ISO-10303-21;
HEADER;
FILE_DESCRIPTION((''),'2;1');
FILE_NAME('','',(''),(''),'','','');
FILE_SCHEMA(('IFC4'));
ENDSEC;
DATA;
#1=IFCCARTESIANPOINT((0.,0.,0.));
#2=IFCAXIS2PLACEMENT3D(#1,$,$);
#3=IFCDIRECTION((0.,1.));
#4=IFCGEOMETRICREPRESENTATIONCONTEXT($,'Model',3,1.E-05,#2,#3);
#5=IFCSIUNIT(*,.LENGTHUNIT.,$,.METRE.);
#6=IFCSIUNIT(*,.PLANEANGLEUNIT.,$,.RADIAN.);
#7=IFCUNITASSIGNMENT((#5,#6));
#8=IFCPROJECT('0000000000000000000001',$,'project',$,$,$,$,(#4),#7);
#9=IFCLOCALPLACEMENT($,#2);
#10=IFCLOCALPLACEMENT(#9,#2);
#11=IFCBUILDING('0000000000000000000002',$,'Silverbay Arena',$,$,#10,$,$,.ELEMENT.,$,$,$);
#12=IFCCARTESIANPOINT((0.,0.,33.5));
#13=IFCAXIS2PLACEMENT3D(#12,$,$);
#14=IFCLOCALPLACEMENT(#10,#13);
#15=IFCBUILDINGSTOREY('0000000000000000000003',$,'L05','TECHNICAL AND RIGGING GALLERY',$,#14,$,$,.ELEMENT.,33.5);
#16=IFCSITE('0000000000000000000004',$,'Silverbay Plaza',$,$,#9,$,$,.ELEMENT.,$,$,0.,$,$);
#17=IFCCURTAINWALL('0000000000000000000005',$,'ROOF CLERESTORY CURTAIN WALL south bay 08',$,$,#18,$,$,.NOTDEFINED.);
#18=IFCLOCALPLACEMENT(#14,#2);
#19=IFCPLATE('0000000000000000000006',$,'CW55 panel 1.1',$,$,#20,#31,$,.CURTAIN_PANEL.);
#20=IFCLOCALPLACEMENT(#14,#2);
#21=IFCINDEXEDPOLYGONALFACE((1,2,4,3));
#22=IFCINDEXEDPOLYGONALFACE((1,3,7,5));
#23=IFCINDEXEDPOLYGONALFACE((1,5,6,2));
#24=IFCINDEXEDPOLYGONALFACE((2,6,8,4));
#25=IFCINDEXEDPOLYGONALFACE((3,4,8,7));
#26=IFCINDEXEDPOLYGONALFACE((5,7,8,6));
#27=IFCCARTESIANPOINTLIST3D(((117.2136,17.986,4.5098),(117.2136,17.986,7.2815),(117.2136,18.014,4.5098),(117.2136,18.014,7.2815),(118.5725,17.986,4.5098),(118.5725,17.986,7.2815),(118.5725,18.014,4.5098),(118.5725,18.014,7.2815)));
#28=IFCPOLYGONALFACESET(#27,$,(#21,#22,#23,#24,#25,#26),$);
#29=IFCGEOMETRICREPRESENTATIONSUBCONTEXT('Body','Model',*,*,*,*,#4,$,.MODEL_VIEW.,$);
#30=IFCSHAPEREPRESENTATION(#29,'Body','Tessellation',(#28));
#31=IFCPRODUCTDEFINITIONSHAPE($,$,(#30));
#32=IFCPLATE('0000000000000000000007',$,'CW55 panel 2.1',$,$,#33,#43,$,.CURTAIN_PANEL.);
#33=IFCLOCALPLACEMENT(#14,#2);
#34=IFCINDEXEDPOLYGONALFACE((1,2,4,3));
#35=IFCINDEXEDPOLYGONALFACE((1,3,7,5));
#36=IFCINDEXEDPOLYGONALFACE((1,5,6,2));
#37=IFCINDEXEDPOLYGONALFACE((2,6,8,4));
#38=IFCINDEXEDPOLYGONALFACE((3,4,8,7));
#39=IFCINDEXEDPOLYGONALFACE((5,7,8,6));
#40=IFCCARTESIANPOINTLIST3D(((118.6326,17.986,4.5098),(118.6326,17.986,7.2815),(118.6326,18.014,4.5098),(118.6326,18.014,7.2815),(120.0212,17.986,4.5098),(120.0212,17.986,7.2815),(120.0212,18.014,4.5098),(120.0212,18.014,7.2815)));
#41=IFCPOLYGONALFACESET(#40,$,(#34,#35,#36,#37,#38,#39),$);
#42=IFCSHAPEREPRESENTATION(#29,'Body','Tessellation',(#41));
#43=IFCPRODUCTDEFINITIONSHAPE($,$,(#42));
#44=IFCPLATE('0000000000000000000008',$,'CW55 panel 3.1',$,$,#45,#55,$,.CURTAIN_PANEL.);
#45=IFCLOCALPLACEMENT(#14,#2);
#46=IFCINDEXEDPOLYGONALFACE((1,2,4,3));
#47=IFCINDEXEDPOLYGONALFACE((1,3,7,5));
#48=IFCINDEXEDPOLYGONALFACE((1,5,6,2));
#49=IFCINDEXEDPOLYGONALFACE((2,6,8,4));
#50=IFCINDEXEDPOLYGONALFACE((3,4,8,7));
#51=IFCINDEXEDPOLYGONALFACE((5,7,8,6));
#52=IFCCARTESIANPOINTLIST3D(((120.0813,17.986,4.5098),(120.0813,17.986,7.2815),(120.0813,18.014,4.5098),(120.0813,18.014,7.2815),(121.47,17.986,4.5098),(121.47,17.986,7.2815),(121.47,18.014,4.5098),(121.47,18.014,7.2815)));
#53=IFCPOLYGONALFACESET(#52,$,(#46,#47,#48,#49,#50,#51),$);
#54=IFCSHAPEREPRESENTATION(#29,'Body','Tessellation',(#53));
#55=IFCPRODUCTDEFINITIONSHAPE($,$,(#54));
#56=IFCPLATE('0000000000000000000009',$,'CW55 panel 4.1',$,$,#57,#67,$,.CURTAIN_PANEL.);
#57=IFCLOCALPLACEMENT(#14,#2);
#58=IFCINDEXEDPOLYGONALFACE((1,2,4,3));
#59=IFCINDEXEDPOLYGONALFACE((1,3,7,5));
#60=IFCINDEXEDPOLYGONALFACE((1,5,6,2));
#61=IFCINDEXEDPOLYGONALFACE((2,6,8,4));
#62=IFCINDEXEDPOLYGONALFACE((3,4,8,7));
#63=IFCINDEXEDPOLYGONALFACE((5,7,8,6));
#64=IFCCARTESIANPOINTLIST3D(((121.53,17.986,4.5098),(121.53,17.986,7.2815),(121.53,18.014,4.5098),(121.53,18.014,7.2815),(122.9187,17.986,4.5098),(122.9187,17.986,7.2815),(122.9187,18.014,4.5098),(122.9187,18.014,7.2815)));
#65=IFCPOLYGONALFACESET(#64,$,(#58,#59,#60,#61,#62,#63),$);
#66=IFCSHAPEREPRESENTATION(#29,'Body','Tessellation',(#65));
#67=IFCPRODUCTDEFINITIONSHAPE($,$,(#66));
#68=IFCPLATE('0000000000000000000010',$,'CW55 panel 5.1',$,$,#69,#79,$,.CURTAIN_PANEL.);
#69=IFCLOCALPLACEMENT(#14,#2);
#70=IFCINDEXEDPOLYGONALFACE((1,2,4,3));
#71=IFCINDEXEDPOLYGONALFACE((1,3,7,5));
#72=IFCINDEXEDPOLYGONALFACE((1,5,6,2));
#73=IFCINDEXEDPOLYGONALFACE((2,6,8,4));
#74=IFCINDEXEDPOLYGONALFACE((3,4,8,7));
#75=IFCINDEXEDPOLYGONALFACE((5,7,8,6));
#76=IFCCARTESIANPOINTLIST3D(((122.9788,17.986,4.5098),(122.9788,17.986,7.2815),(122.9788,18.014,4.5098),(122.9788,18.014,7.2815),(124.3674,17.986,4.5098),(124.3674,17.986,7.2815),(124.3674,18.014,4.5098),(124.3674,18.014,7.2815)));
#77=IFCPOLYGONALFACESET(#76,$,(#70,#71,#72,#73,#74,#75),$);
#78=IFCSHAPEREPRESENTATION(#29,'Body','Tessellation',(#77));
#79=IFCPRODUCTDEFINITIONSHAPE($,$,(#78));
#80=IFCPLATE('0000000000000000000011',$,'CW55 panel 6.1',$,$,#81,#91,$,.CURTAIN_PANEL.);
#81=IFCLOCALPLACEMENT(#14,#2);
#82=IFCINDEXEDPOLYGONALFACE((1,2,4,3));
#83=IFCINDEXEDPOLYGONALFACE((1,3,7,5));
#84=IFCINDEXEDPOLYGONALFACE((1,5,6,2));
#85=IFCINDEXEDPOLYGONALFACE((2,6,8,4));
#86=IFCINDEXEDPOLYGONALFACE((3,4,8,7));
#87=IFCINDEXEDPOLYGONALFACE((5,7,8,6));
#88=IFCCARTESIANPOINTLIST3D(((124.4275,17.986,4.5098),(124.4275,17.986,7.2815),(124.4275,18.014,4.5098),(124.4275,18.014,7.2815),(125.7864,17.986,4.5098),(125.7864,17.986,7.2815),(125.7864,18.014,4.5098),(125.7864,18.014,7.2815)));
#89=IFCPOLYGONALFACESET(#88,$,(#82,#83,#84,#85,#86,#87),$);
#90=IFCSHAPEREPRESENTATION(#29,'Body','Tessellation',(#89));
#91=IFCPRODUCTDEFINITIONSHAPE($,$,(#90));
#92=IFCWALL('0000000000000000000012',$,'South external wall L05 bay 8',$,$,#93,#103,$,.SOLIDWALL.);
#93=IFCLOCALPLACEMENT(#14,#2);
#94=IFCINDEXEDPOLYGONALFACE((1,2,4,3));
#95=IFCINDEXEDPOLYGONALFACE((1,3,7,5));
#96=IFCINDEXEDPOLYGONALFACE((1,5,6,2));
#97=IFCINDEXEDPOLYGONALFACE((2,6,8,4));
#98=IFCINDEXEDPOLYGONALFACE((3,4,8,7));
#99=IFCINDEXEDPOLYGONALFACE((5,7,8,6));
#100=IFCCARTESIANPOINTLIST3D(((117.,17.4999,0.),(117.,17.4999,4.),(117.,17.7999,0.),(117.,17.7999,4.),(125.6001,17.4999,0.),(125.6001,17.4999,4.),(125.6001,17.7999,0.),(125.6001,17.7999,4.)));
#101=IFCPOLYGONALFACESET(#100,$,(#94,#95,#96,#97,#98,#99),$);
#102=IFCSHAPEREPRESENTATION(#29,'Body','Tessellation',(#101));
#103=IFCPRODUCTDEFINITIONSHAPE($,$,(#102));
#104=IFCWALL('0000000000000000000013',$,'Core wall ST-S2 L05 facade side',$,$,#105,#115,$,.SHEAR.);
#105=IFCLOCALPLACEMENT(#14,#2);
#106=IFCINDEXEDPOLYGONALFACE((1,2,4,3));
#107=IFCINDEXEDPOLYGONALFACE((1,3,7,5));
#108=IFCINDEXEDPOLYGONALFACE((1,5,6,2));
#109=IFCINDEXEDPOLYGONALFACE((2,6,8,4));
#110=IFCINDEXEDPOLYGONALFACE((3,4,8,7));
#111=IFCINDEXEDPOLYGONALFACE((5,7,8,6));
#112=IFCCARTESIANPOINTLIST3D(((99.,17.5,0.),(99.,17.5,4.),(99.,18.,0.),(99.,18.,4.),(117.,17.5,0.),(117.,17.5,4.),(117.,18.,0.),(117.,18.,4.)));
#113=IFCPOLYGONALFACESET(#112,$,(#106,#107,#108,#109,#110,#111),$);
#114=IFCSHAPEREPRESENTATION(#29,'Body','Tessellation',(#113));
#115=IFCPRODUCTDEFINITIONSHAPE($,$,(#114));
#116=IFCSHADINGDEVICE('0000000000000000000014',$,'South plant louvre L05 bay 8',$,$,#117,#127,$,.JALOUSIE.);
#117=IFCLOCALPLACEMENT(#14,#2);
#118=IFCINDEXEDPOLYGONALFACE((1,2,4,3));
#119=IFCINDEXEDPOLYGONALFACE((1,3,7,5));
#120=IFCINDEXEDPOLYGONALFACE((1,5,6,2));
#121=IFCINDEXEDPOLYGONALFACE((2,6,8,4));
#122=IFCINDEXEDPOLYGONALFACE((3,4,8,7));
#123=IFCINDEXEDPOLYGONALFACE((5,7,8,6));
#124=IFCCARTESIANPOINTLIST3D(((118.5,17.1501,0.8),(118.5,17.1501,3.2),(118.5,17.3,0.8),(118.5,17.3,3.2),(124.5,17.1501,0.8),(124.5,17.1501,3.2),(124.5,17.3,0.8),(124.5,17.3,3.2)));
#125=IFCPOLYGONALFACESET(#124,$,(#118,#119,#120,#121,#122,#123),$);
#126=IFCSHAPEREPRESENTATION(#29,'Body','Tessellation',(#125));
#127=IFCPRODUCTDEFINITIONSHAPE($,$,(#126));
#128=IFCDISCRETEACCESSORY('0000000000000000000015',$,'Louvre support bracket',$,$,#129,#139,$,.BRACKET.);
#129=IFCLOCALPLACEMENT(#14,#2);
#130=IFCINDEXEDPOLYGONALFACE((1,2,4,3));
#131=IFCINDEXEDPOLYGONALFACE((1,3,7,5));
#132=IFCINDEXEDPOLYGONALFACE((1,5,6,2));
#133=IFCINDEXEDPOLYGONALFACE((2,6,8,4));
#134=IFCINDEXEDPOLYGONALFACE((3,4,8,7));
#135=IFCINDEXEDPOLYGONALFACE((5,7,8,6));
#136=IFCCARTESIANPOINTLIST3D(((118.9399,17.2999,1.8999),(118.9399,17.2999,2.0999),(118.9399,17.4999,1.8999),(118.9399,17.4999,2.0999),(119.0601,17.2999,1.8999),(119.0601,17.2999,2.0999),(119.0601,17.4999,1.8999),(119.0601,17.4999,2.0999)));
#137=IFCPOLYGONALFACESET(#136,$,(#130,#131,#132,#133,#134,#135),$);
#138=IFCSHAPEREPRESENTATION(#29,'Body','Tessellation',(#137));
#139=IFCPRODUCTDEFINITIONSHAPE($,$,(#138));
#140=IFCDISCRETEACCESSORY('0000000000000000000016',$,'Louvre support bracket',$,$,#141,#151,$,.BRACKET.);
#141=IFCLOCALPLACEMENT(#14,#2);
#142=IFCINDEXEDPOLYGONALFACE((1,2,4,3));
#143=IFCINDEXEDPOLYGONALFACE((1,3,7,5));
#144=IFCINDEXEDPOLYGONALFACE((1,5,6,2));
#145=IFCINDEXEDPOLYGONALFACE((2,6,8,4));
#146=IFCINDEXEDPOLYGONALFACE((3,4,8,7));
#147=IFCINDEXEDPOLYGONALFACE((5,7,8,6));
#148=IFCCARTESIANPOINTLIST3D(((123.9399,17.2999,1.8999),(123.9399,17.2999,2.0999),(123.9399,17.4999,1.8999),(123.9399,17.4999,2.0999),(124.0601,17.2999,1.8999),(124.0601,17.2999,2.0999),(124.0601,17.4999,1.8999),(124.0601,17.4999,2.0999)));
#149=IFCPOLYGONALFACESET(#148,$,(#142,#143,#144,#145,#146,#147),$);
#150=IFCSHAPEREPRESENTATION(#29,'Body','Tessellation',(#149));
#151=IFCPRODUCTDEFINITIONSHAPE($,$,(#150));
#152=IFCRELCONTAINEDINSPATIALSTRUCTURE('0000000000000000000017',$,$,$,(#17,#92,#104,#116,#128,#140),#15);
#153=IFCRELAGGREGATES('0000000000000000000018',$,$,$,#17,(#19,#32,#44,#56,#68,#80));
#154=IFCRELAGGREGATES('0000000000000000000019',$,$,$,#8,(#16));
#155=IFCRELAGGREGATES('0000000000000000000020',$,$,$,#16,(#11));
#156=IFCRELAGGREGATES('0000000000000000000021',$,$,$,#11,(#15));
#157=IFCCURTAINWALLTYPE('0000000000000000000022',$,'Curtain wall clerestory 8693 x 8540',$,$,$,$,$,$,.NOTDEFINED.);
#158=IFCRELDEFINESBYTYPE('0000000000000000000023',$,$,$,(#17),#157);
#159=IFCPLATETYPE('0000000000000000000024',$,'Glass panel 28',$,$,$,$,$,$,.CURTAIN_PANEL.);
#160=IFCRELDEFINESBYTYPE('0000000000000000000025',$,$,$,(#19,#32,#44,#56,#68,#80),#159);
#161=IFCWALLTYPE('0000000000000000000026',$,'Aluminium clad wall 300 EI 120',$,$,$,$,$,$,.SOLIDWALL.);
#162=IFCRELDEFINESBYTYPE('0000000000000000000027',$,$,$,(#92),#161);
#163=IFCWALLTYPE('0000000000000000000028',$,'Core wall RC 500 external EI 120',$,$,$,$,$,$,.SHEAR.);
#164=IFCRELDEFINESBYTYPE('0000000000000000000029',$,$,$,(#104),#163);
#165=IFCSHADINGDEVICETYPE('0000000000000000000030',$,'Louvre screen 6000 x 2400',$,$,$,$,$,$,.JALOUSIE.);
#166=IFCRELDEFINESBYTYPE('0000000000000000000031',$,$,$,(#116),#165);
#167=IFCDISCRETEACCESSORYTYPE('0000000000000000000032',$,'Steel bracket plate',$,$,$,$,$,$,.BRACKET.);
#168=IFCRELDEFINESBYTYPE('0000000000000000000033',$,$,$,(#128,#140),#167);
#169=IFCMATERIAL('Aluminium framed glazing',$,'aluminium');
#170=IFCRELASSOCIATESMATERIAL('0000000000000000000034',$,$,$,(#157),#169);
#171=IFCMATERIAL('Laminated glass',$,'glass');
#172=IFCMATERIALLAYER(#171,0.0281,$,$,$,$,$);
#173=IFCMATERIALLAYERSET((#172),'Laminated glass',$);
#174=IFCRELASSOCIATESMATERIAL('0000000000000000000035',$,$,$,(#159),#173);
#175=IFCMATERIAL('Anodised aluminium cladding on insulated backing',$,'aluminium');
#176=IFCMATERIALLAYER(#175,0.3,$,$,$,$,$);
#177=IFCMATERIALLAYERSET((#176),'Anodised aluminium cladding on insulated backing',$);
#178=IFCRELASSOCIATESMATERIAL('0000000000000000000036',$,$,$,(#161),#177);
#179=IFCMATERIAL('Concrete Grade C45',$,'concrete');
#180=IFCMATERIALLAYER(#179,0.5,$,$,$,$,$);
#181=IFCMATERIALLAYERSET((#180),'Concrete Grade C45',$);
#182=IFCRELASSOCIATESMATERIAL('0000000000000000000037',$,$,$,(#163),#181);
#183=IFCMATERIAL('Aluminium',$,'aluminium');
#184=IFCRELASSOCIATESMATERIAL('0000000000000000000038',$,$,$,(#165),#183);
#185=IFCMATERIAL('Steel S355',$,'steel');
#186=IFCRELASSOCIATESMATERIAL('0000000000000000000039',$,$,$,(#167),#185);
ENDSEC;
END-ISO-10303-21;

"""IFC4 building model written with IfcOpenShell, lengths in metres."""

from ifc_helpers import new_model, si_unit, direction, frame, frame_2d, origin, origin_2d, place, context, subcontext, project, spatial, rectangle, extrude, material, layer, layer_set, type_object, element, aggregate, save


model = new_model("IFC4")

# Units and contexts
model_context = context("Model", 3, precision=1e-05, world=origin(), true_north=direction((0.0, 1.0)))
body_context = subcontext(model_context, "Body", "Model", "MODEL_VIEW")
ifc_project = project(units=[si_unit("LENGTHUNIT", "METRE"), si_unit("PLANEANGLEUNIT", "RADIAN")], contexts=[model_context])

# Site, building, storey
site_placement = place(None, origin())
site = spatial("IfcSite", under=ifc_project, at=site_placement, Name="Silverbay Plaza", CompositionType="ELEMENT", RefElevation=0.0)
building_placement = place(site_placement, origin())
building = spatial("IfcBuilding", under=site, at=building_placement, Name="Silverbay Arena", CompositionType="ELEMENT")
storey_placement = place(building_placement, frame((0.0, 0.0, 33.5)))
storey = spatial("IfcBuildingStorey", under=building, at=storey_placement, Name="L05", Description="TECHNICAL AND RIGGING GALLERY", CompositionType="ELEMENT", Elevation=33.5)

# Curtain wall
ifc_material_1 = material(Name="Aluminium framed glazing", Category="aluminium")
curtain_wall_type = type_object("IfcCurtainWallType", Name="Curtain wall clerestory 8693 x 8540", PredefinedType="NOTDEFINED", material=ifc_material_1)
curtain_wall_placement = place(storey_placement, origin())
curtain_wall = element("IfcCurtainWall", 1, at=curtain_wall_placement, inside=storey, type_object=curtain_wall_type, Name="ROOF CLERESTORY CURTAIN WALL south bay 08", PredefinedType="NOTDEFINED")

# Plates
ifc_material_2 = material(Name="Laminated glass", Category="glass")
ifc_layer_1 = layer(ifc_material_2, 0.0281)
ifc_layer_set_1 = layer_set([ifc_layer_1], Name="Laminated glass")
plate_type = type_object("IfcPlateType", Name="Glass panel 28", PredefinedType="CURTAIN_PANEL", material=ifc_layer_set_1)
plate_1_placement = place(storey_placement, frame((117.8931, 18.0, 4.5098), z_axis=(0.0, 0.0, 1.0), x_axis=(1.0, 0.0, 0.0)))
plate_1 = element("IfcPlate", 2, at=plate_1_placement, type_object=plate_type, Name="CW55 panel 1.1", PredefinedType="CURTAIN_PANEL", context=body_context, shape_type="SweptSolid", body=[
    extrude(rectangle(XDim=1.3589, YDim=0.0281, at=origin_2d()), origin(), (0.0, 0.0, 1.0), 2.7717),
])
plate_2_placement = place(storey_placement, frame((119.3269, 18.0, 4.5098), z_axis=(0.0, 0.0, 1.0), x_axis=(1.0, 0.0, 0.0)))
plate_2 = element("IfcPlate", 3, at=plate_2_placement, type_object=plate_type, Name="CW55 panel 2.1", PredefinedType="CURTAIN_PANEL", context=body_context, shape_type="SweptSolid", body=[
    extrude(rectangle(XDim=1.3887, YDim=0.0281, at=origin_2d()), origin(), (0.0, 0.0, 1.0), 2.7717),
])
plate_3_placement = place(storey_placement, frame((120.7756, 18.0, 4.5098), z_axis=(0.0, 0.0, 1.0), x_axis=(1.0, 0.0, 0.0)))
plate_3 = element("IfcPlate", 4, at=plate_3_placement, type_object=plate_type, Name="CW55 panel 3.1", PredefinedType="CURTAIN_PANEL", context=body_context, shape_type="SweptSolid", body=[
    extrude(rectangle(XDim=1.3887, YDim=0.0281, at=origin_2d()), origin(), (0.0, 0.0, 1.0), 2.7717),
])
plate_4_placement = place(storey_placement, frame((122.2244, 18.0, 4.5098), z_axis=(0.0, 0.0, 1.0), x_axis=(1.0, 0.0, 0.0)))
plate_4 = element("IfcPlate", 5, at=plate_4_placement, type_object=plate_type, Name="CW55 panel 4.1", PredefinedType="CURTAIN_PANEL", context=body_context, shape_type="SweptSolid", body=[
    extrude(rectangle(XDim=1.3887, YDim=0.0281, at=origin_2d()), origin(), (0.0, 0.0, 1.0), 2.7717),
])
plate_5_placement = place(storey_placement, frame((123.6731, 18.0, 4.5098), z_axis=(0.0, 0.0, 1.0), x_axis=(1.0, 0.0, 0.0)))
plate_5 = element("IfcPlate", 6, at=plate_5_placement, type_object=plate_type, Name="CW55 panel 5.1", PredefinedType="CURTAIN_PANEL", context=body_context, shape_type="SweptSolid", body=[
    extrude(rectangle(XDim=1.3887, YDim=0.0281, at=origin_2d()), origin(), (0.0, 0.0, 1.0), 2.7717),
])
plate_6_placement = place(storey_placement, frame((125.1069, 18.0, 4.5098), z_axis=(0.0, 0.0, 1.0), x_axis=(1.0, 0.0, 0.0)))
plate_6 = element("IfcPlate", 7, at=plate_6_placement, type_object=plate_type, Name="CW55 panel 6.1", PredefinedType="CURTAIN_PANEL", context=body_context, shape_type="SweptSolid", body=[
    extrude(rectangle(XDim=1.3589, YDim=0.0281, at=origin_2d()), origin(), (0.0, 0.0, 1.0), 2.7717),
])
aggregate(curtain_wall, [plate_1, plate_2, plate_3, plate_4, plate_5, plate_6])

# Walls
ifc_material_3 = material(Name="Anodised aluminium cladding on insulated backing", Category="aluminium")
ifc_layer_2 = layer(ifc_material_3, 0.3)
ifc_layer_set_2 = layer_set([ifc_layer_2], Name="Anodised aluminium cladding on insulated backing")
wall_type_1 = type_object("IfcWallType", Name="Aluminium clad wall 300 EI 120", PredefinedType="SOLIDWALL", material=ifc_layer_set_2)
wall_1_placement = place(storey_placement, frame((117.0, 17.6499, 0.0), z_axis=(0.0, 0.0, 1.0), x_axis=(1.0, 0.0, 0.0)))
element("IfcWall", 8, at=wall_1_placement, inside=storey, type_object=wall_type_1, Name="South external wall L05 bay 8", PredefinedType="SOLIDWALL", context=body_context, shape_type="SweptSolid", body=[
    extrude(rectangle(XDim=8.6001, YDim=0.3, at=frame_2d((4.3, 0.0))), origin(), (0.0, 0.0, 1.0), 4.0),
])
ifc_material_4 = material(Name="Concrete Grade C45", Category="concrete")
ifc_layer_3 = layer(ifc_material_4, 0.5)
ifc_layer_set_3 = layer_set([ifc_layer_3], Name="Concrete Grade C45")
wall_type_2 = type_object("IfcWallType", Name="Core wall RC 500 external EI 120", PredefinedType="SHEAR", material=ifc_layer_set_3)
wall_2_placement = place(storey_placement, frame((117.0, 17.75, 0.0), z_axis=(0.0, 0.0, 1.0), x_axis=(-1.0, 0.0, 0.0)))
element("IfcWall", 9, at=wall_2_placement, inside=storey, type_object=wall_type_2, Name="Core wall ST-S2 L05 facade side", PredefinedType="SHEAR", context=body_context, shape_type="SweptSolid", body=[
    extrude(rectangle(XDim=18.0, YDim=0.5, at=frame_2d((9.0, 0.0))), origin(), (0.0, 0.0, 1.0), 4.0),
])

# Shading device
ifc_material_5 = material(Name="Aluminium", Category="aluminium")
shading_device_type = type_object("IfcShadingDeviceType", Name="Louvre screen 6000 x 2400", PredefinedType="JALOUSIE", material=ifc_material_5)
shading_device_placement = place(storey_placement, frame((121.5, 17.2251, 0.8), z_axis=(0.0, 0.0, 1.0), x_axis=(1.0, 0.0, 0.0)))
element("IfcShadingDevice", 10, at=shading_device_placement, inside=storey, type_object=shading_device_type, Name="South plant louvre L05 bay 8", PredefinedType="JALOUSIE", context=body_context, shape_type="SweptSolid", body=[
    extrude(rectangle(XDim=6.0, YDim=0.1499, at=origin_2d()), origin(), (0.0, 0.0, 1.0), 2.3999),
])

# Discrete accessories
ifc_material_6 = material(Name="Steel S355", Category="steel")
discrete_accessory_type = type_object("IfcDiscreteAccessoryType", Name="Steel bracket plate", PredefinedType="BRACKET", material=ifc_material_6)
for number, where, z_axis, x_axis, name in (
    (11, (119.0, 17.3999, 1.8999), (0.0, 0.0, 1.0), (1.0, 0.0, 0.0), "Louvre support bracket"),
    (12, (124.0, 17.3999, 1.8999), (0.0, 0.0, 1.0), (1.0, 0.0, 0.0), "Louvre support bracket"),
):
    element("IfcDiscreteAccessory", number, at=place(storey_placement, frame(where, z_axis=z_axis, x_axis=x_axis)), inside=storey, type_object=discrete_accessory_type, Name=name, PredefinedType="BRACKET", context=body_context, shape_type="SweptSolid", body=[
        extrude(rectangle(XDim=0.1201, YDim=0.2, at=origin_2d()), origin(), (0.0, 0.0, 1.0), 0.2),
    ])

save(model, "model.ifc")
